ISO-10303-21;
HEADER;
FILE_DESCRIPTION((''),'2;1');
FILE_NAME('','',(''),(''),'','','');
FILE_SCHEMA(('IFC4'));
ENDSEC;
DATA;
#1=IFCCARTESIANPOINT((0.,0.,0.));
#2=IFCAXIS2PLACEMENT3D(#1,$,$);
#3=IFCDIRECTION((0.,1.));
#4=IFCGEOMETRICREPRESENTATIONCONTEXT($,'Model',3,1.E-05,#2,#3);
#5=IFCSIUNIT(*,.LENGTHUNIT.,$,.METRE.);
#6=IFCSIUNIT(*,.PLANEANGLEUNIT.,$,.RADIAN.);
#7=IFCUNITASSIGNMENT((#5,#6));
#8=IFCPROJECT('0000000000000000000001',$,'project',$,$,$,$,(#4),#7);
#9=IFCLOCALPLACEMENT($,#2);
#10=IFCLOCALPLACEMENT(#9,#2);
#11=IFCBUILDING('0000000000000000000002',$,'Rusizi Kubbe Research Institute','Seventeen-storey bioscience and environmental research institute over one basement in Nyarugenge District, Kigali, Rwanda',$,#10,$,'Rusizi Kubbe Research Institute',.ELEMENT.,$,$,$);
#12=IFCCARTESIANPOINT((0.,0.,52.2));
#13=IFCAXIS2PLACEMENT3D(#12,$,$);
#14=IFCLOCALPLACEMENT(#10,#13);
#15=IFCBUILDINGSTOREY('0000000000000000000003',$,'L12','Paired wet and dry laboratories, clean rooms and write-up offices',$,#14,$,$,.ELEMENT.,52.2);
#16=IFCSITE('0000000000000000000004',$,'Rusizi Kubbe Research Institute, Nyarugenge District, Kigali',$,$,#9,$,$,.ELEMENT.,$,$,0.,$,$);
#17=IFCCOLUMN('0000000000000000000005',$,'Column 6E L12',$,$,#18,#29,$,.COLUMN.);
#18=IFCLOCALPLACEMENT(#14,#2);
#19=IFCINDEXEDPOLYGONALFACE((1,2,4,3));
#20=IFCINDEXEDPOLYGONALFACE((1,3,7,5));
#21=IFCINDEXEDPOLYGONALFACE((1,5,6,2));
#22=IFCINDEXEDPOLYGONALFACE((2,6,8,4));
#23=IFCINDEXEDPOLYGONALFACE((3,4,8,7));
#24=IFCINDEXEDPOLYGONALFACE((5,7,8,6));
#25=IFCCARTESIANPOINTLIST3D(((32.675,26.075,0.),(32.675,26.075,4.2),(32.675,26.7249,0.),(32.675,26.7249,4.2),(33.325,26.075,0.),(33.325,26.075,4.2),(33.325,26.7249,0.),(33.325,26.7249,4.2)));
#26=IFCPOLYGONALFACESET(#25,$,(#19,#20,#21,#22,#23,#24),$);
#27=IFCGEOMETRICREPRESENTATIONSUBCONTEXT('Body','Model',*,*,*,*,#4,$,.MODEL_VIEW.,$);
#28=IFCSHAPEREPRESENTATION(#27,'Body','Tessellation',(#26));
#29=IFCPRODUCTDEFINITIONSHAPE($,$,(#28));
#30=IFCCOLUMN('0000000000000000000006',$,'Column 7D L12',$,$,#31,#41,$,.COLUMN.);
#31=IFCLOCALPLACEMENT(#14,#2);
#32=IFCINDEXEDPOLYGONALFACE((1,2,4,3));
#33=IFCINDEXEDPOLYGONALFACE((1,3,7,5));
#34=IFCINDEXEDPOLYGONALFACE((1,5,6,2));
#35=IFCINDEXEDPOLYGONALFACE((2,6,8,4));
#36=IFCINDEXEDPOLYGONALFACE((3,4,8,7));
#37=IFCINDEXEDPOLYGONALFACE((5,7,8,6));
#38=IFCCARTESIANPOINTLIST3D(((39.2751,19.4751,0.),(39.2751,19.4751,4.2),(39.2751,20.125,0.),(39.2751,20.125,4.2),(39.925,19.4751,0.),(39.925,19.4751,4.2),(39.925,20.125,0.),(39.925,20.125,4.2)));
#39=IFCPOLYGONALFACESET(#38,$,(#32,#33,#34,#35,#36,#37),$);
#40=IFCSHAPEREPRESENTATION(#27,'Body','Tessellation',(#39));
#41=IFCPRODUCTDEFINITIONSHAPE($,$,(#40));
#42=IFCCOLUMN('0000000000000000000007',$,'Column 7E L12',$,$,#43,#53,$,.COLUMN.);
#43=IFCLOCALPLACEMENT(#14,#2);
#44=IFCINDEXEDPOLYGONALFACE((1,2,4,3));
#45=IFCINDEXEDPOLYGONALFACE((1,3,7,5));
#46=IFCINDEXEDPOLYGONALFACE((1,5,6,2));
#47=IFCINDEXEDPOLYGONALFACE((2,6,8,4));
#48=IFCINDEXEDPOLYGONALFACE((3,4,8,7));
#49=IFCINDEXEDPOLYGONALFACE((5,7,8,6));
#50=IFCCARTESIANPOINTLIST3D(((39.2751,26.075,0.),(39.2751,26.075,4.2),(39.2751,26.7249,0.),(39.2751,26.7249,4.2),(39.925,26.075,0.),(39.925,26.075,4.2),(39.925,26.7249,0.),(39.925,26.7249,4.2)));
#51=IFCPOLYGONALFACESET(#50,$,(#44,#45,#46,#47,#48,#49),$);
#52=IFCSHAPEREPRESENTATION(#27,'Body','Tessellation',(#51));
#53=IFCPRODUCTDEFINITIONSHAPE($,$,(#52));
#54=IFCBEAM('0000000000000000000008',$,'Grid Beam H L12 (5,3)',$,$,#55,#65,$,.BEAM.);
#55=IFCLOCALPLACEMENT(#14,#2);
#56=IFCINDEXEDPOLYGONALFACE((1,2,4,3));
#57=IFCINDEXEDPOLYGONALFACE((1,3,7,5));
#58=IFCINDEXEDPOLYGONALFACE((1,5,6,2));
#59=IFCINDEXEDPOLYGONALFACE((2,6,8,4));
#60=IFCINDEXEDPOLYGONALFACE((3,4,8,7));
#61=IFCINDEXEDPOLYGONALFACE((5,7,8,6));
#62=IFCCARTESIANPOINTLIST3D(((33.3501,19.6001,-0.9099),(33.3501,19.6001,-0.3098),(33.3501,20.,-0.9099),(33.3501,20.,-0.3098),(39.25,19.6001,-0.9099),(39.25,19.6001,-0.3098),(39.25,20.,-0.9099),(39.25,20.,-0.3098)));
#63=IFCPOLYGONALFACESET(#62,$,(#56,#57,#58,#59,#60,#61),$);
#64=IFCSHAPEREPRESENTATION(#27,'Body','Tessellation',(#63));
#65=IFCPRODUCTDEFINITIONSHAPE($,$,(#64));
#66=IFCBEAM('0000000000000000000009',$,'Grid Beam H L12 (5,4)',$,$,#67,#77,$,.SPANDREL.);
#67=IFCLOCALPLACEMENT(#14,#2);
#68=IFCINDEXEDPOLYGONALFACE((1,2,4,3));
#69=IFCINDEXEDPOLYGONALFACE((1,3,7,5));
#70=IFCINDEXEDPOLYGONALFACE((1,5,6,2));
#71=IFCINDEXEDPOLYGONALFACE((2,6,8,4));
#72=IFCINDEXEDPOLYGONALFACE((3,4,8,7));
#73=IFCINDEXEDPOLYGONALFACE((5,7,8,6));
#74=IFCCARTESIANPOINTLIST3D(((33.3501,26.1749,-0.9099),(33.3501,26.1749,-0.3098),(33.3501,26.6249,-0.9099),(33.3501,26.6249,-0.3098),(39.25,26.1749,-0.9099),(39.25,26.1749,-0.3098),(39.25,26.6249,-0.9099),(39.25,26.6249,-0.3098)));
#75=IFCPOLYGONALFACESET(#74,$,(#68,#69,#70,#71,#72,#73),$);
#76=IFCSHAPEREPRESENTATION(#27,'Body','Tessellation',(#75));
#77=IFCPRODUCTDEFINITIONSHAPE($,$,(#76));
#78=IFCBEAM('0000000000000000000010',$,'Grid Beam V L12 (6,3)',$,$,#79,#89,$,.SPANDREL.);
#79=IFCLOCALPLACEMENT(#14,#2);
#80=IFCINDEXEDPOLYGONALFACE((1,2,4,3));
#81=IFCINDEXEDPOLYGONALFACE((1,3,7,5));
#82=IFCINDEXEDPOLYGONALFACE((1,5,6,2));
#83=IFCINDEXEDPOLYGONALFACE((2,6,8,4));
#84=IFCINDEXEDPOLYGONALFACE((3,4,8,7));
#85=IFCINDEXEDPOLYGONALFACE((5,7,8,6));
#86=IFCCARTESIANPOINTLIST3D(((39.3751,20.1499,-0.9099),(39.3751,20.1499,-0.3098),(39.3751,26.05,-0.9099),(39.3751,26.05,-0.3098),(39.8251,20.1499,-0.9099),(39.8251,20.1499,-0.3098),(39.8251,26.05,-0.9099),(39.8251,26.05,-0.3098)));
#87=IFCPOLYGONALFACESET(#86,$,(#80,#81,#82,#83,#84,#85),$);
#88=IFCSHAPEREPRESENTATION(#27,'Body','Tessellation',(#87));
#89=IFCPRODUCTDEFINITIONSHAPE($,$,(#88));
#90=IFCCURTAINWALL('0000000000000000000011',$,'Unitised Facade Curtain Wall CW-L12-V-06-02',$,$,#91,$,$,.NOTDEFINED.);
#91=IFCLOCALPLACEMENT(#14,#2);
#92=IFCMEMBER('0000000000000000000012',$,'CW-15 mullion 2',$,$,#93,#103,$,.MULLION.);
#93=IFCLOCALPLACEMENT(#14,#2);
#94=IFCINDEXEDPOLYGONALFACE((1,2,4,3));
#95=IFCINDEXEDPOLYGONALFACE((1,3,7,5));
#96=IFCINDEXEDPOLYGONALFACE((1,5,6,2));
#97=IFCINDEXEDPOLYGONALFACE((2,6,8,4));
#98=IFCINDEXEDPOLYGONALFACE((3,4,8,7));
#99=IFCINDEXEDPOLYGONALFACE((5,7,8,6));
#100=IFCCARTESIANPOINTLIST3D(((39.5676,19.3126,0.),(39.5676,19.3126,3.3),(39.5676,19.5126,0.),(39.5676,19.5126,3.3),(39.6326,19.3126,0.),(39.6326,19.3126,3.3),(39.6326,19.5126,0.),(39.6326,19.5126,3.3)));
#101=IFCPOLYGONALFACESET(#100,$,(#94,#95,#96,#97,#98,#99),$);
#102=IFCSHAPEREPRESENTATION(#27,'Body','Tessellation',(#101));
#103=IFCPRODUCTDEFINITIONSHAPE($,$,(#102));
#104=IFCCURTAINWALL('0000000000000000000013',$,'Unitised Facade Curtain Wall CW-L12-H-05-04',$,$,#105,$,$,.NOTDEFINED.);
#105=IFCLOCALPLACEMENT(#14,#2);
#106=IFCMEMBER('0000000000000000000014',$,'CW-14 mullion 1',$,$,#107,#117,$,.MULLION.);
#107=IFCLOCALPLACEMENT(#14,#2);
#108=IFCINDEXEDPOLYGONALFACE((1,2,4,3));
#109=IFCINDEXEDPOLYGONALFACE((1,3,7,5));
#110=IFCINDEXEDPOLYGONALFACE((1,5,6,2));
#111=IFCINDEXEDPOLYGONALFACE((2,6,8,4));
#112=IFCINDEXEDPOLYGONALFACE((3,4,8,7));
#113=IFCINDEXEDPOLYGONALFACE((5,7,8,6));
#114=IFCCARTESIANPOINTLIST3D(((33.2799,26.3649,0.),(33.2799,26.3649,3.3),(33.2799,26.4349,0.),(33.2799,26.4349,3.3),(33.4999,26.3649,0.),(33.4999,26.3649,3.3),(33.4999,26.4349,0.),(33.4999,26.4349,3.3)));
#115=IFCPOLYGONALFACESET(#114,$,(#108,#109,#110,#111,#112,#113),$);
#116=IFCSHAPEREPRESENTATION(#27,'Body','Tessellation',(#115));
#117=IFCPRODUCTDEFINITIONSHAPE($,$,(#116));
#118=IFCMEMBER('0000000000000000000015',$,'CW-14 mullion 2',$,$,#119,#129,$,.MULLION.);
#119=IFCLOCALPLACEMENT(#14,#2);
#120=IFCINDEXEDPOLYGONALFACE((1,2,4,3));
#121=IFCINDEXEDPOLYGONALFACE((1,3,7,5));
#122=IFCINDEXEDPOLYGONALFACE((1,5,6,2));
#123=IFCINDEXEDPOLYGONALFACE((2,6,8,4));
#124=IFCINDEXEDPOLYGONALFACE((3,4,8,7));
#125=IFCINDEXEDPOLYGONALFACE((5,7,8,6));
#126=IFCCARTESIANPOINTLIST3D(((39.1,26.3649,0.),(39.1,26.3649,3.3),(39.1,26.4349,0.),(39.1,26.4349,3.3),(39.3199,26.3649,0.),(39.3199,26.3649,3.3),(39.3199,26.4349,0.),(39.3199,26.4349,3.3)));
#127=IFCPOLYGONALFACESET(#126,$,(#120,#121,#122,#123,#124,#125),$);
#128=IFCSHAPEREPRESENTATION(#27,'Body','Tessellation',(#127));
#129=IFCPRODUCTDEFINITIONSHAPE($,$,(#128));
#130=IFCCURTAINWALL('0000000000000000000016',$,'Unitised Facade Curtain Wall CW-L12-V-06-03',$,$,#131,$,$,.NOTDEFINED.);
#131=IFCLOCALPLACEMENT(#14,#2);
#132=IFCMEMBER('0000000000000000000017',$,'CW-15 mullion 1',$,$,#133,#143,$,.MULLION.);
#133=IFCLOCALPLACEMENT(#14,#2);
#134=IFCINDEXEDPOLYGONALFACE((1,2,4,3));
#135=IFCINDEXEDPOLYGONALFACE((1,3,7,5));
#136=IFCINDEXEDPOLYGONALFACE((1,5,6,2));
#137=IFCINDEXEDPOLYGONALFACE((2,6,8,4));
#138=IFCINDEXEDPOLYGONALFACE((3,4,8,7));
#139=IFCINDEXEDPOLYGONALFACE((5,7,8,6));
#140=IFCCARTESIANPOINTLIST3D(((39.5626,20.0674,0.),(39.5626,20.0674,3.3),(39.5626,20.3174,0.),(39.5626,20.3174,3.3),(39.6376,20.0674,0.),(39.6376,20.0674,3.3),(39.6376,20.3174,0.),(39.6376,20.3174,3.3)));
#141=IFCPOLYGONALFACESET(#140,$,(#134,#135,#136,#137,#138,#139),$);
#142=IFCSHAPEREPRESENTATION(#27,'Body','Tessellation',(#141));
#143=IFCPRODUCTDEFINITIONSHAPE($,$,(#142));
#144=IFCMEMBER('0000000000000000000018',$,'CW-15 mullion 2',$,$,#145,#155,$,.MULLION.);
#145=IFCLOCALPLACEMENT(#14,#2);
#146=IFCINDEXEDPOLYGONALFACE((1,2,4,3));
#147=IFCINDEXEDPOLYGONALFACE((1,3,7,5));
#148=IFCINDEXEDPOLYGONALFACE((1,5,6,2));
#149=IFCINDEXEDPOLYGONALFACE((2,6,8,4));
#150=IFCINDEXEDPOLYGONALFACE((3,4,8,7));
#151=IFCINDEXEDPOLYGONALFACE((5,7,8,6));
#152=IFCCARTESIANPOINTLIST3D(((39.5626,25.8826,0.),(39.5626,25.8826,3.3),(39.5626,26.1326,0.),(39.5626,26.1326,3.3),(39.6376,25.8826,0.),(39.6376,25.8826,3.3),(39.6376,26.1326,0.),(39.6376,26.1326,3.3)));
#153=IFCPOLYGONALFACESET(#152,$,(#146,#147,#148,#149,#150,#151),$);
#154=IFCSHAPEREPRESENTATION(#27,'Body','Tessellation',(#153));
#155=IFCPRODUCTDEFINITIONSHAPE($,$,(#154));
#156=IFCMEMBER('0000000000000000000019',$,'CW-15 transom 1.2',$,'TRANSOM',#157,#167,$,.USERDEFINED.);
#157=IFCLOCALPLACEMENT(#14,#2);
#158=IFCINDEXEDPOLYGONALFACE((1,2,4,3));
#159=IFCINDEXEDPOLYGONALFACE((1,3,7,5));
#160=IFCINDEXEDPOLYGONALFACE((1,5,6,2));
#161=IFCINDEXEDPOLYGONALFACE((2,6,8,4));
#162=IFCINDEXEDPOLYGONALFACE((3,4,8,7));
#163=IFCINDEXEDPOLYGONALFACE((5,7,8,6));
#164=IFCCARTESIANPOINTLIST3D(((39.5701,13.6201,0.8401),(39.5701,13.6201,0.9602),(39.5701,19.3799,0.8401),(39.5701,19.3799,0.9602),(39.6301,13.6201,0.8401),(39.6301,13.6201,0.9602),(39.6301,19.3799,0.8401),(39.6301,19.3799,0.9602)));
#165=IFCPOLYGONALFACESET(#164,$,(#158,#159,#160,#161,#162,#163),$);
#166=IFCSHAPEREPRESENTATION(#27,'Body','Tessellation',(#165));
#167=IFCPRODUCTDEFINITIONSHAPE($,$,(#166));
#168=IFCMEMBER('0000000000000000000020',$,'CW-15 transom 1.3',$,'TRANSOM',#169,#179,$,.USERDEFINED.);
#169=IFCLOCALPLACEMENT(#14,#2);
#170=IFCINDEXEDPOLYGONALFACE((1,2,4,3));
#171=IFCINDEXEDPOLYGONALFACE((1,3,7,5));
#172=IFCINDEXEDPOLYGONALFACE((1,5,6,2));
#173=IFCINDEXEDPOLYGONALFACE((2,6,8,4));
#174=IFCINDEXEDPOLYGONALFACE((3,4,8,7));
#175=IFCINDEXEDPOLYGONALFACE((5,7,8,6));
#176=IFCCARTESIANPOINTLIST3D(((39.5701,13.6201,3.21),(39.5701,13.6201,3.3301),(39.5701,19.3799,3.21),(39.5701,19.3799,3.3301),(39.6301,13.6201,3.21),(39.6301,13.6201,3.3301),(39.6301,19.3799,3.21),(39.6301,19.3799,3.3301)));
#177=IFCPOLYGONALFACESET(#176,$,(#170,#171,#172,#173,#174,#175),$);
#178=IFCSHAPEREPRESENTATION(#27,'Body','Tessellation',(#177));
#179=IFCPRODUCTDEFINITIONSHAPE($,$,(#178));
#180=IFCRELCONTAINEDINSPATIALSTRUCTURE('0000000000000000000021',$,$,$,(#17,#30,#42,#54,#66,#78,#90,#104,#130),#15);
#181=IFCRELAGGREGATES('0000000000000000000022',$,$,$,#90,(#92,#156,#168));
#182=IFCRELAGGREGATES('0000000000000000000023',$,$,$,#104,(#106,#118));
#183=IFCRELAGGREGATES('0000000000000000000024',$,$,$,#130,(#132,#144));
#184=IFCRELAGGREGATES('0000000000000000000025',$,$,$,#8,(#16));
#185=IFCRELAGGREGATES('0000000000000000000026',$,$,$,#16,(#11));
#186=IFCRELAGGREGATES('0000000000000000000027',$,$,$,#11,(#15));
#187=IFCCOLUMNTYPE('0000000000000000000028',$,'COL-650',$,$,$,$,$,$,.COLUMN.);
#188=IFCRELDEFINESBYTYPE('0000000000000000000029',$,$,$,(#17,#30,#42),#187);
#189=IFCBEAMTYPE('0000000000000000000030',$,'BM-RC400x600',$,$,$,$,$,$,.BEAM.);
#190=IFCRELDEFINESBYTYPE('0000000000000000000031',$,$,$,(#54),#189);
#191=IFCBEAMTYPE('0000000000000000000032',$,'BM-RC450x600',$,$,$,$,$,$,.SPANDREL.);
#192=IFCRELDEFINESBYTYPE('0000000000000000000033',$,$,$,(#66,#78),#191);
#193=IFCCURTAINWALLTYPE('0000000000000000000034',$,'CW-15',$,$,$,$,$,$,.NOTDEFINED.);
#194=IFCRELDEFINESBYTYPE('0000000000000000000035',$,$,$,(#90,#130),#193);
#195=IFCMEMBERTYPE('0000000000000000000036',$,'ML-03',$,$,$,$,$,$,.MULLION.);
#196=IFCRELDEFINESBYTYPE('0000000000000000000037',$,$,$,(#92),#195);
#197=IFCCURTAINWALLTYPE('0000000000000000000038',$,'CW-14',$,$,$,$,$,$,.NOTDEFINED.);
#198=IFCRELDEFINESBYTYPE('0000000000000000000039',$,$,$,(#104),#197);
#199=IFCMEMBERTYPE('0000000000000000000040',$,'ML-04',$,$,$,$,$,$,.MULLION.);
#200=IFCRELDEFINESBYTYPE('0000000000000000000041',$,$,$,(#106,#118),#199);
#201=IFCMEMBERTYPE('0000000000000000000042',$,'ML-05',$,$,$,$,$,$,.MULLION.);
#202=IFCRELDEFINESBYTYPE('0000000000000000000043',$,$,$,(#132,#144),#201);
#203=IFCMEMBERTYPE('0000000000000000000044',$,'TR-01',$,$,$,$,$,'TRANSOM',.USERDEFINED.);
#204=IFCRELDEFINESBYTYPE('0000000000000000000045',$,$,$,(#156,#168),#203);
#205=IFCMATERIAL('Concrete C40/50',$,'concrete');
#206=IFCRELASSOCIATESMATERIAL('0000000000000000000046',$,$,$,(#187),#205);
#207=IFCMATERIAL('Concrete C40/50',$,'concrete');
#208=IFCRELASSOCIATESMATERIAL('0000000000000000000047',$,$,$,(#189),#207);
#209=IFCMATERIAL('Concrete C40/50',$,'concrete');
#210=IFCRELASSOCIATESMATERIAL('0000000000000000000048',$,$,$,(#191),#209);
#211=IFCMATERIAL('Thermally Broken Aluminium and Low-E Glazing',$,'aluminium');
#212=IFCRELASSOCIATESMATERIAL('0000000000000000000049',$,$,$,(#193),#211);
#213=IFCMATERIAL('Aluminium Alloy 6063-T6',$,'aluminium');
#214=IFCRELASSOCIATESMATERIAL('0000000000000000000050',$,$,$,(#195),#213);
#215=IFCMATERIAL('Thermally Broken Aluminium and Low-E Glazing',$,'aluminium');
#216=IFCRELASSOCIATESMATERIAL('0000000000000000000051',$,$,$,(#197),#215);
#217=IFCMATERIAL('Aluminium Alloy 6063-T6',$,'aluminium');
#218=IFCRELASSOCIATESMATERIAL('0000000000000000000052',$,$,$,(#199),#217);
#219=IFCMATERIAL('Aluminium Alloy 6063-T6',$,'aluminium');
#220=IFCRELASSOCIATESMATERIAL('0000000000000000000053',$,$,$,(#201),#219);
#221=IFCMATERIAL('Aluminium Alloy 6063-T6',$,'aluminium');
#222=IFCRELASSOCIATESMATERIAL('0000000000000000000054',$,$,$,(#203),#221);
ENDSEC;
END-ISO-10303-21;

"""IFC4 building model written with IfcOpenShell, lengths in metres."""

from ifc_helpers import new_model, si_unit, direction, frame, origin, origin_2d, place, context, subcontext, project, spatial, rectangle, extrude, material, material_profile, profile_set, type_object, element, aggregate, save


model = new_model("IFC4")

# Units and contexts
model_context = context("Model", 3, precision=1e-05, world=origin(), true_north=direction((0.0, 1.0)))
body_context = subcontext(model_context, "Body", "Model", "MODEL_VIEW")
ifc_project = project(units=[si_unit("LENGTHUNIT", "METRE"), si_unit("PLANEANGLEUNIT", "RADIAN")], contexts=[model_context])

# Site, building, storey
site_placement = place(None, origin())
site = spatial("IfcSite", under=ifc_project, at=site_placement, Name="Rusizi Kubbe Research Institute, Nyarugenge District, Kigali", CompositionType="ELEMENT", RefElevation=0.0)
building_placement = place(site_placement, origin())
building = spatial("IfcBuilding", under=site, at=building_placement, Name="Rusizi Kubbe Research Institute", Description="Seventeen-storey bioscience and environmental research institute over one basement in Nyarugenge District, Kigali, Rwanda", LongName="Rusizi Kubbe Research Institute", CompositionType="ELEMENT")
storey_placement = place(building_placement, frame((0.0, 0.0, 52.2)))
storey = spatial("IfcBuildingStorey", under=building, at=storey_placement, Name="L12", Description="Paired wet and dry laboratories, clean rooms and write-up offices", CompositionType="ELEMENT", Elevation=52.2)

# Columns
ifc_material_1 = material(Name="Concrete C40/50", Category="concrete")
ifc_material_profile_1 = material_profile(ifc_material_1, rectangle(XDim=0.6499, YDim=0.6499, at=origin_2d()), Name="RC650x650")
ifc_profile_set_1 = profile_set([ifc_material_profile_1], Name="Concrete C40/50")
column_type = type_object("IfcColumnType", Name="COL-650", PredefinedType="COLUMN", material=ifc_profile_set_1)
for number, where, z_axis, x_axis, name in (
    (1, (33.0, 26.3999, 0.0), (0.0, 0.0, 1.0), (1.0, 0.0, 0.0), "Column 6E L12"),
    (2, (39.6001, 19.8, 0.0), (0.0, 0.0, 1.0), (1.0, 0.0, 0.0), "Column 7D L12"),
    (3, (39.6001, 26.3999, 0.0), (0.0, 0.0, 1.0), (1.0, 0.0, 0.0), "Column 7E L12"),
):
    element("IfcColumn", number, at=place(storey_placement, frame(where, z_axis=z_axis, x_axis=x_axis)), inside=storey, type_object=column_type, Name=name, PredefinedType="COLUMN", context=body_context, shape_type="SweptSolid", body=[
        extrude(rectangle(XDim=0.6499, YDim=0.6499, at=origin_2d()), origin(), (0.0, 0.0, 1.0), 4.2),
    ])

# Beams
ifc_material_2 = material(Name="Concrete C40/50", Category="concrete")
ifc_material_profile_2 = material_profile(ifc_material_2, rectangle(XDim=0.3999, YDim=0.6001, at=origin_2d()), Name="RC400x600")
ifc_profile_set_2 = profile_set([ifc_material_profile_2], Name="Concrete C40/50")
beam_type_1 = type_object("IfcBeamType", Name="BM-RC400x600", PredefinedType="BEAM", material=ifc_profile_set_2)
beam_1_placement = place(storey_placement, frame((33.3501, 19.8, -0.6099), z_axis=(1.0, 0.0, 0.0), x_axis=(0.0, 1.0, 0.0)))
element("IfcBeam", 4, at=beam_1_placement, inside=storey, type_object=beam_type_1, Name="Grid Beam H L12 (5,3)", PredefinedType="BEAM", context=body_context, shape_type="SweptSolid", body=[
    extrude(rectangle(XDim=0.3999, YDim=0.6001, at=origin_2d()), origin(), (0.0, 0.0, 1.0), 5.8999),
])
ifc_material_3 = material(Name="Concrete C40/50", Category="concrete")
ifc_material_profile_3 = material_profile(ifc_material_3, rectangle(XDim=0.45, YDim=0.6001, at=origin_2d()), Name="RC450x600")
ifc_profile_set_3 = profile_set([ifc_material_profile_3], Name="Concrete C40/50")
beam_type_2 = type_object("IfcBeamType", Name="BM-RC450x600", PredefinedType="SPANDREL", material=ifc_profile_set_3)
beam_2_placement = place(storey_placement, frame((33.3501, 26.3999, -0.6099), z_axis=(1.0, 0.0, 0.0), x_axis=(0.0, 1.0, 0.0)))
element("IfcBeam", 5, at=beam_2_placement, inside=storey, type_object=beam_type_2, Name="Grid Beam H L12 (5,4)", PredefinedType="SPANDREL", context=body_context, shape_type="SweptSolid", body=[
    extrude(rectangle(XDim=0.45, YDim=0.6001, at=origin_2d()), origin(), (0.0, 0.0, 1.0), 5.8999),
])
beam_3_placement = place(storey_placement, frame((39.6001, 20.1499, -0.6099), z_axis=(0.0, 1.0, 0.0), x_axis=(-1.0, 0.0, 0.0)))
element("IfcBeam", 6, at=beam_3_placement, inside=storey, type_object=beam_type_2, Name="Grid Beam V L12 (6,3)", PredefinedType="SPANDREL", context=body_context, shape_type="SweptSolid", body=[
    extrude(rectangle(XDim=0.45, YDim=0.6001, at=origin_2d()), origin(), (0.0, 0.0, 1.0), 5.9001),
])

# Curtain wall, member
ifc_material_4 = material(Name="Thermally Broken Aluminium and Low-E Glazing", Category="aluminium")
curtain_wall_type_1 = type_object("IfcCurtainWallType", Name="CW-15", PredefinedType="NOTDEFINED", material=ifc_material_4)
curtain_wall_1_placement = place(storey_placement, origin())
curtain_wall_1 = element("IfcCurtainWall", 7, at=curtain_wall_1_placement, inside=storey, type_object=curtain_wall_type_1, Name="Unitised Facade Curtain Wall CW-L12-V-06-02", PredefinedType="NOTDEFINED")
ifc_material_5 = material(Name="Aluminium Alloy 6063-T6", Category="aluminium")
ifc_material_profile_4 = material_profile(ifc_material_5, rectangle(XDim=0.0649, YDim=0.2, at=origin_2d()), Name="ALU-M 65x200")
ifc_profile_set_4 = profile_set([ifc_material_profile_4], Name="Aluminium Alloy 6063-T6")
member_type_1 = type_object("IfcMemberType", Name="ML-03", PredefinedType="MULLION", material=ifc_profile_set_4)
member_1_placement = place(storey_placement, frame((39.6001, 19.4126, 0.0), z_axis=(0.0, 0.0, 1.0), x_axis=(-1.0, 0.0, 0.0)))
member_1 = element("IfcMember", 8, at=member_1_placement, type_object=member_type_1, Name="CW-15 mullion 2", PredefinedType="MULLION", context=body_context, shape_type="SweptSolid", body=[
    extrude(rectangle(XDim=0.0649, YDim=0.2, at=origin_2d()), origin(), (0.0, 0.0, 1.0), 3.3),
])

# Curtain walls, members
ifc_material_6 = material(Name="Thermally Broken Aluminium and Low-E Glazing", Category="aluminium")
curtain_wall_type_2 = type_object("IfcCurtainWallType", Name="CW-14", PredefinedType="NOTDEFINED", material=ifc_material_6)
curtain_wall_2_placement = place(storey_placement, origin())
curtain_wall_2 = element("IfcCurtainWall", 9, at=curtain_wall_2_placement, inside=storey, type_object=curtain_wall_type_2, Name="Unitised Facade Curtain Wall CW-L12-H-05-04", PredefinedType="NOTDEFINED")
ifc_material_7 = material(Name="Aluminium Alloy 6063-T6", Category="aluminium")
ifc_material_profile_5 = material_profile(ifc_material_7, rectangle(XDim=0.0701, YDim=0.22, at=origin_2d()), Name="ALU-M 70x220")
ifc_profile_set_5 = profile_set([ifc_material_profile_5], Name="Aluminium Alloy 6063-T6")
member_type_2 = type_object("IfcMemberType", Name="ML-04", PredefinedType="MULLION", material=ifc_profile_set_5)
member_2_placement = place(storey_placement, frame((33.3899, 26.3999, 0.0), z_axis=(0.0, 0.0, 1.0), x_axis=(0.0, 1.0, 0.0)))
member_2 = element("IfcMember", 10, at=member_2_placement, type_object=member_type_2, Name="CW-14 mullion 1", PredefinedType="MULLION", context=body_context, shape_type="SweptSolid", body=[
    extrude(rectangle(XDim=0.0701, YDim=0.22, at=origin_2d()), origin(), (0.0, 0.0, 1.0), 3.3),
])
member_3_placement = place(storey_placement, frame((39.21, 26.3999, 0.0), z_axis=(0.0, 0.0, 1.0), x_axis=(0.0, 1.0, 0.0)))
member_3 = element("IfcMember", 11, at=member_3_placement, type_object=member_type_2, Name="CW-14 mullion 2", PredefinedType="MULLION", context=body_context, shape_type="SweptSolid", body=[
    extrude(rectangle(XDim=0.0701, YDim=0.22, at=origin_2d()), origin(), (0.0, 0.0, 1.0), 3.3),
])
curtain_wall_3_placement = place(storey_placement, origin())
curtain_wall_3 = element("IfcCurtainWall", 12, at=curtain_wall_3_placement, inside=storey, type_object=curtain_wall_type_1, Name="Unitised Facade Curtain Wall CW-L12-V-06-03", PredefinedType="NOTDEFINED")
ifc_material_8 = material(Name="Aluminium Alloy 6063-T6", Category="aluminium")
ifc_material_profile_6 = material_profile(ifc_material_8, rectangle(XDim=0.075, YDim=0.25, at=origin_2d()), Name="ALU-M 75x250")
ifc_profile_set_6 = profile_set([ifc_material_profile_6], Name="Aluminium Alloy 6063-T6")
member_type_3 = type_object("IfcMemberType", Name="ML-05", PredefinedType="MULLION", material=ifc_profile_set_6)
member_4_placement = place(storey_placement, frame((39.6001, 20.1924, 0.0), z_axis=(0.0, 0.0, 1.0), x_axis=(-1.0, 0.0, 0.0)))
member_4 = element("IfcMember", 13, at=member_4_placement, type_object=member_type_3, Name="CW-15 mullion 1", PredefinedType="MULLION", context=body_context, shape_type="SweptSolid", body=[
    extrude(rectangle(XDim=0.075, YDim=0.25, at=origin_2d()), origin(), (0.0, 0.0, 1.0), 3.3),
])
member_5_placement = place(storey_placement, frame((39.6001, 26.0076, 0.0), z_axis=(0.0, 0.0, 1.0), x_axis=(-1.0, 0.0, 0.0)))
member_5 = element("IfcMember", 14, at=member_5_placement, type_object=member_type_3, Name="CW-15 mullion 2", PredefinedType="MULLION", context=body_context, shape_type="SweptSolid", body=[
    extrude(rectangle(XDim=0.075, YDim=0.25, at=origin_2d()), origin(), (0.0, 0.0, 1.0), 3.3),
])

# Members
ifc_material_9 = material(Name="Aluminium Alloy 6063-T6", Category="aluminium")
ifc_material_profile_7 = material_profile(ifc_material_9, rectangle(XDim=0.0601, YDim=0.1201, at=origin_2d()), Name="ALU-T 60x120")
ifc_profile_set_7 = profile_set([ifc_material_profile_7], Name="Aluminium Alloy 6063-T6")
member_type_4 = type_object("IfcMemberType", Name="TR-01", ElementType="TRANSOM", PredefinedType="USERDEFINED", material=ifc_profile_set_7)
member_6_placement = place(storey_placement, frame((39.6001, 13.6201, 0.9001), z_axis=(0.0, 1.0, 0.0), x_axis=(-1.0, 0.0, 0.0)))
member_6 = element("IfcMember", 15, at=member_6_placement, type_object=member_type_4, Name="CW-15 transom 1.2", ObjectType="TRANSOM", PredefinedType="USERDEFINED", context=body_context, shape_type="SweptSolid", body=[
    extrude(rectangle(XDim=0.0601, YDim=0.1201, at=origin_2d()), origin(), (0.0, 0.0, 1.0), 5.7598),
])
member_7_placement = place(storey_placement, frame((39.6001, 13.6201, 3.27), z_axis=(0.0, 1.0, 0.0), x_axis=(-1.0, 0.0, 0.0)))
member_7 = element("IfcMember", 16, at=member_7_placement, type_object=member_type_4, Name="CW-15 transom 1.3", ObjectType="TRANSOM", PredefinedType="USERDEFINED", context=body_context, shape_type="SweptSolid", body=[
    extrude(rectangle(XDim=0.0601, YDim=0.1201, at=origin_2d()), origin(), (0.0, 0.0, 1.0), 5.7598),
])

aggregate(curtain_wall_1, [member_1, member_6, member_7])
aggregate(curtain_wall_2, [member_2, member_3])
aggregate(curtain_wall_3, [member_4, member_5])

save(model, "model.ifc")
